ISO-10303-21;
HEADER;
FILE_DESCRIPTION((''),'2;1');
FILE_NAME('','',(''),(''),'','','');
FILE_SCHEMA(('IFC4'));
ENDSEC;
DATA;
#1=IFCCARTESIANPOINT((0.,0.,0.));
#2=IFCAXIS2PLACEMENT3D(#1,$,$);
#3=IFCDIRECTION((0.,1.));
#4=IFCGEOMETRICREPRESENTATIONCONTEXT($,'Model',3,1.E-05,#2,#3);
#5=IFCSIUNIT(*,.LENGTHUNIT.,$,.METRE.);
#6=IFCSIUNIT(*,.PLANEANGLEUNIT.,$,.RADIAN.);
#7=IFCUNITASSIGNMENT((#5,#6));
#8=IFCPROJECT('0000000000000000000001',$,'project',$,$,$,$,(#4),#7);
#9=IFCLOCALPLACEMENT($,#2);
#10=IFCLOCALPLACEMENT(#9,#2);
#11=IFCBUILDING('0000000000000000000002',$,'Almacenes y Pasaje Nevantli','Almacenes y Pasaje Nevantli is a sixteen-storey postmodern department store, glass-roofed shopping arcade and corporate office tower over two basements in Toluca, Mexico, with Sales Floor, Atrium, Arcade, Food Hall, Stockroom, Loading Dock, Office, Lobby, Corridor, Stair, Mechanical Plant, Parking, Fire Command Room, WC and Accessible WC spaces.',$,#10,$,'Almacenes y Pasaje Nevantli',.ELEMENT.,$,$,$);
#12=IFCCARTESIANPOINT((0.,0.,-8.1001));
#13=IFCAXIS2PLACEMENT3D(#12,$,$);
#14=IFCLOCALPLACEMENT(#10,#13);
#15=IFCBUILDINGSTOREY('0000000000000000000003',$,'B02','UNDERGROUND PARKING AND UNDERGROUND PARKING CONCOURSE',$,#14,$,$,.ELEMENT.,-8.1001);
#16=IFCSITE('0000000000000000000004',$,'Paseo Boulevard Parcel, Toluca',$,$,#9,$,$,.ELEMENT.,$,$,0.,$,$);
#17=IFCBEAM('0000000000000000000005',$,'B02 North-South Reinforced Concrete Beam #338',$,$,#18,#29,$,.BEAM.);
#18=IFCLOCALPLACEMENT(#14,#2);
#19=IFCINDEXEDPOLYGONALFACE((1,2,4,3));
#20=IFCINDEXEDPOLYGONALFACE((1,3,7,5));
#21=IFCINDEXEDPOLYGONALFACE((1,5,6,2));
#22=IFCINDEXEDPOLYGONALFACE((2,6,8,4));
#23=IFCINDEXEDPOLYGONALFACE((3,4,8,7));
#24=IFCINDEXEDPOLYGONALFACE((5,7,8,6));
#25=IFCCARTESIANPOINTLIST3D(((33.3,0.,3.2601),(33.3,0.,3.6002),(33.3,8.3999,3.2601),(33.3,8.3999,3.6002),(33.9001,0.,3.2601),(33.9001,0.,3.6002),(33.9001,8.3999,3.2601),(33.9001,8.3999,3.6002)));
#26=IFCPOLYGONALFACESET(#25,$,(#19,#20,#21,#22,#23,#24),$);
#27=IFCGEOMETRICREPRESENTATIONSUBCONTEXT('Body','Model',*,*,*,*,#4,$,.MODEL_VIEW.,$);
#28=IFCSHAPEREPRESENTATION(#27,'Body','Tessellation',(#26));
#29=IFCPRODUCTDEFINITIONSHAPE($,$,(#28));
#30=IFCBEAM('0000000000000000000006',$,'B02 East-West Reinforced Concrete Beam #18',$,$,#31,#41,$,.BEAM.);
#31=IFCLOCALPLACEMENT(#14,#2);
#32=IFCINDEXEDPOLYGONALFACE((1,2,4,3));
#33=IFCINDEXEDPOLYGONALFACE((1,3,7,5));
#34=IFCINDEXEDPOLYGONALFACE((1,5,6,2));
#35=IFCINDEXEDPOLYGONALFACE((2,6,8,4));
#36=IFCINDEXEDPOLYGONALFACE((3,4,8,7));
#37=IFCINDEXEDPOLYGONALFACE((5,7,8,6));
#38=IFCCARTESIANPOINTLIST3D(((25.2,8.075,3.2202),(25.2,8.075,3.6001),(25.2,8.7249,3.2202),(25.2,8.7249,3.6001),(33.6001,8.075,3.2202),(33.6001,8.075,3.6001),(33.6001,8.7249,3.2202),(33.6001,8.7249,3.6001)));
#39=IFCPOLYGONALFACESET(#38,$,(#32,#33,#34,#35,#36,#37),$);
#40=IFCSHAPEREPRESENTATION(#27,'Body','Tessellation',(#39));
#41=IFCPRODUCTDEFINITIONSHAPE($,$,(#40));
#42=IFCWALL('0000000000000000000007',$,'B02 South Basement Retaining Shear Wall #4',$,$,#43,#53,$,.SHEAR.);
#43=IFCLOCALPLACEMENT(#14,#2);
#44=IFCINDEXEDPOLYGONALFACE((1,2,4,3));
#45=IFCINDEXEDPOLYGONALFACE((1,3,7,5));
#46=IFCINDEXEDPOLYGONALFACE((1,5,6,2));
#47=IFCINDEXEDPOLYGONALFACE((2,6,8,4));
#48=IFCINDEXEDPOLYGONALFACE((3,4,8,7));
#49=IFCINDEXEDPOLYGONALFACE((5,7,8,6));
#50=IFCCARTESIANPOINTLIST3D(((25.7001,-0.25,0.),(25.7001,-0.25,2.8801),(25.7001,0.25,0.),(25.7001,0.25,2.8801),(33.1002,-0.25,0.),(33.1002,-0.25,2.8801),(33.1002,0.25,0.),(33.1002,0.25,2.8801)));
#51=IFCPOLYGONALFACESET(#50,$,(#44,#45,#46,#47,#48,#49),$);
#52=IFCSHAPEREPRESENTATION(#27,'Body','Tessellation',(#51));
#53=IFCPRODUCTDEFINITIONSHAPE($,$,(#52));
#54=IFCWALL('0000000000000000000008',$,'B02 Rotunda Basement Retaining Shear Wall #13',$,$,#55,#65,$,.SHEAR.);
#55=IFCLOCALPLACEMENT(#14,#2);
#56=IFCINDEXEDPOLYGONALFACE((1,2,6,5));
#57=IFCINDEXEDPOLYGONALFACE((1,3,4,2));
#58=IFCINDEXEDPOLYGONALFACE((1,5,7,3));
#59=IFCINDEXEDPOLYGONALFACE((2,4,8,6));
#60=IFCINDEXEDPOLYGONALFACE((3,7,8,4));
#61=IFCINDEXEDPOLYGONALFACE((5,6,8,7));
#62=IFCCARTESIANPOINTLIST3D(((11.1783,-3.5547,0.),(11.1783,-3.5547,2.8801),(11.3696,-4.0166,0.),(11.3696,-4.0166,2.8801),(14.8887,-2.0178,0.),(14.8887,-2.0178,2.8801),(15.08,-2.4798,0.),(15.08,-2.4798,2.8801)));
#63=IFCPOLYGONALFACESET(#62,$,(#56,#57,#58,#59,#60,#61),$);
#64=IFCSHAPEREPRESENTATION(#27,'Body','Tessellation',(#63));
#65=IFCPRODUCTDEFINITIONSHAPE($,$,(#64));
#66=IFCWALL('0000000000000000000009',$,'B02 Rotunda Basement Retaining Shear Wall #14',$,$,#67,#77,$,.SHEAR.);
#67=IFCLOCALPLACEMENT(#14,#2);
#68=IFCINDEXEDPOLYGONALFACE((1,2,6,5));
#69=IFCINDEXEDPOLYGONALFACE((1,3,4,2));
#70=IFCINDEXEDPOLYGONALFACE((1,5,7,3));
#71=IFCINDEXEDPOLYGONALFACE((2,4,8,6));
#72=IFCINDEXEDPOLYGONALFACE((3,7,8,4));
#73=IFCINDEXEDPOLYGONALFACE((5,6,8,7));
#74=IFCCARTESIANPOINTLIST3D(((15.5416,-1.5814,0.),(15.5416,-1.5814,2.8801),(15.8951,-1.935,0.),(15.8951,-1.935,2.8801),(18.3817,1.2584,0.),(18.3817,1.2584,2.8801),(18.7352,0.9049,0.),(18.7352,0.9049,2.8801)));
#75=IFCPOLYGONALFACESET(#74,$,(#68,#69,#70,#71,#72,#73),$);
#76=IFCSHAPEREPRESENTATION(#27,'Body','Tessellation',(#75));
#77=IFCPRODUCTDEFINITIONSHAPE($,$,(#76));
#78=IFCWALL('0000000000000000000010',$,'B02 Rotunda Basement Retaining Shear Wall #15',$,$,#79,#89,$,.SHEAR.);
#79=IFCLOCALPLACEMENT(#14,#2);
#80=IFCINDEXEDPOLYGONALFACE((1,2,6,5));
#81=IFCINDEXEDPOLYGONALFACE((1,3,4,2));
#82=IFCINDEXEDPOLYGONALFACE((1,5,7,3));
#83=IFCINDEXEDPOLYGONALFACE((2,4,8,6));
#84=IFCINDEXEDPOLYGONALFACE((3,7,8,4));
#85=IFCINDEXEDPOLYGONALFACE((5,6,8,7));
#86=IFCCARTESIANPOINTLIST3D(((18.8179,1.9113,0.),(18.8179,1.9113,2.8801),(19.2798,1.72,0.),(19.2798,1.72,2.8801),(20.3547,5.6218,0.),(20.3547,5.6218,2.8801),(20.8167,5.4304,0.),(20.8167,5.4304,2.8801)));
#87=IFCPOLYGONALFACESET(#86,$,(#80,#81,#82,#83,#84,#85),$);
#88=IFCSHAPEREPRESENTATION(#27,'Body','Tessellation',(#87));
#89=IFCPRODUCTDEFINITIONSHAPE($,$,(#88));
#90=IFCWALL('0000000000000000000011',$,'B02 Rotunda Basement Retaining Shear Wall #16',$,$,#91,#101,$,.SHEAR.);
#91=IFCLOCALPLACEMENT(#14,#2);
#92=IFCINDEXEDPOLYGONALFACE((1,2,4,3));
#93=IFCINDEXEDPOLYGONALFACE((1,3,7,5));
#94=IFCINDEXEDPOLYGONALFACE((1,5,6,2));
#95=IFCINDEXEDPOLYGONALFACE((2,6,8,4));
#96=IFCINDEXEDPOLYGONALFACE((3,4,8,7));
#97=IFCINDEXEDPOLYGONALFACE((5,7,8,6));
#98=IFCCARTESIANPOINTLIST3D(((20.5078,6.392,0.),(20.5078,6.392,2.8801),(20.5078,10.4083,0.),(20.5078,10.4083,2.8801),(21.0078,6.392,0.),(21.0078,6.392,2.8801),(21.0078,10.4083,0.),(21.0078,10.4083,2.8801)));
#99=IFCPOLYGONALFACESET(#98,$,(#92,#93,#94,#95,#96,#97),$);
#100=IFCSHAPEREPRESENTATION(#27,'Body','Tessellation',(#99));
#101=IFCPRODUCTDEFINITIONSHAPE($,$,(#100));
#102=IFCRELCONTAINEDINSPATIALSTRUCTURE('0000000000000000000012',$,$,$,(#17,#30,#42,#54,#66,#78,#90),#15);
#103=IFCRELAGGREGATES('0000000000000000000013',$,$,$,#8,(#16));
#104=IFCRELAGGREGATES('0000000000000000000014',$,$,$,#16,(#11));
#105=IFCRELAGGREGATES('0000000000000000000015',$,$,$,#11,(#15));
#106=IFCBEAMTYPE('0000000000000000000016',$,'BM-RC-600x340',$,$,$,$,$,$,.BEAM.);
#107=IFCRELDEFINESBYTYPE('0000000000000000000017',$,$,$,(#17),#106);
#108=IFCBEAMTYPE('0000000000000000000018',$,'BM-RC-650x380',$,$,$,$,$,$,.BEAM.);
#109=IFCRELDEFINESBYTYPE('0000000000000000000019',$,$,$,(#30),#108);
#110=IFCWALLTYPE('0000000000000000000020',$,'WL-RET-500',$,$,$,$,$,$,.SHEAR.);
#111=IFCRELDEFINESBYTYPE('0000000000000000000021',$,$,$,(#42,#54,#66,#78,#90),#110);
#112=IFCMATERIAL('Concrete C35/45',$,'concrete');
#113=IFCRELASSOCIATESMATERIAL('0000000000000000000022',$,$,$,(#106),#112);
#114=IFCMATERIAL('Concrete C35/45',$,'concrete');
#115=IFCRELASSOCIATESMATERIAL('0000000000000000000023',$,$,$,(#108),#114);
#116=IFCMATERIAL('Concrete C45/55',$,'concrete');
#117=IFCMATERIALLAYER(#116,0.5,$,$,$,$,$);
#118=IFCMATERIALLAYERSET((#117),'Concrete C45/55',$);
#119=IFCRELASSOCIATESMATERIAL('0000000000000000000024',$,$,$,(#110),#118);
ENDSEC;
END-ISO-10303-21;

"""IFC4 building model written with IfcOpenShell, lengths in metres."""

from ifc_helpers import new_model, si_unit, direction, frame, frame_2d, origin, origin_2d, place, context, subcontext, project, spatial, rectangle, extrude, material, layer, layer_set, material_profile, profile_set, type_object, element, save


model = new_model("IFC4")

# Units and contexts
model_context = context("Model", 3, precision=1e-05, world=origin(), true_north=direction((0.0, 1.0)))
body_context = subcontext(model_context, "Body", "Model", "MODEL_VIEW")
ifc_project = project(units=[si_unit("LENGTHUNIT", "METRE"), si_unit("PLANEANGLEUNIT", "RADIAN")], contexts=[model_context])

# Site, building, storey
site_placement = place(None, origin())
site = spatial("IfcSite", under=ifc_project, at=site_placement, Name="Paseo Boulevard Parcel, Toluca", CompositionType="ELEMENT", RefElevation=0.0)
building_placement = place(site_placement, origin())
building = spatial("IfcBuilding", under=site, at=building_placement, Name="Almacenes y Pasaje Nevantli", Description="Almacenes y Pasaje Nevantli is a sixteen-storey postmodern department store, glass-roofed shopping arcade and corporate office tower over two basements in Toluca, Mexico, with Sales Floor, Atrium, Arcade, Food Hall, Stockroom, Loading Dock, Office, Lobby, Corridor, Stair, Mechanical Plant, Parking, Fire Command Room, WC and Accessible WC spaces.", LongName="Almacenes y Pasaje Nevantli", CompositionType="ELEMENT")
storey_placement = place(building_placement, frame((0.0, 0.0, -8.1001)))
storey = spatial("IfcBuildingStorey", under=building, at=storey_placement, Name="B02", Description="UNDERGROUND PARKING AND UNDERGROUND PARKING CONCOURSE", CompositionType="ELEMENT", Elevation=-8.1001)

# Beams
ifc_material_1 = material(Name="Concrete C35/45", Category="concrete")
ifc_material_profile_1 = material_profile(ifc_material_1, rectangle(XDim=0.6001, YDim=0.3401, at=origin_2d()), Name="RC-BM-600x340")
ifc_profile_set_1 = profile_set([ifc_material_profile_1], Name="Concrete C35/45")
beam_type_1 = type_object("IfcBeamType", Name="BM-RC-600x340", PredefinedType="BEAM", material=ifc_profile_set_1)
beam_1_placement = place(storey_placement, frame((33.6001, 0.0, 3.4302), z_axis=(0.0, 1.0, 0.0), x_axis=(-1.0, 0.0, 0.0)))
element("IfcBeam", 1, at=beam_1_placement, inside=storey, type_object=beam_type_1, Name="B02 North-South Reinforced Concrete Beam #338", PredefinedType="BEAM", context=body_context, shape_type="SweptSolid", body=[
    extrude(rectangle(XDim=0.6001, YDim=0.3401, at=origin_2d()), origin(), (0.0, 0.0, 1.0), 8.3999),
])
ifc_material_2 = material(Name="Concrete C35/45", Category="concrete")
ifc_material_profile_2 = material_profile(ifc_material_2, rectangle(XDim=0.6499, YDim=0.3799, at=origin_2d()), Name="RC-BM-650x380")
ifc_profile_set_2 = profile_set([ifc_material_profile_2], Name="Concrete C35/45")
beam_type_2 = type_object("IfcBeamType", Name="BM-RC-650x380", PredefinedType="BEAM", material=ifc_profile_set_2)
beam_2_placement = place(storey_placement, frame((25.2, 8.3999, 3.4102), z_axis=(1.0, 0.0, 0.0), x_axis=(0.0, 1.0, 0.0)))
element("IfcBeam", 2, at=beam_2_placement, inside=storey, type_object=beam_type_2, Name="B02 East-West Reinforced Concrete Beam #18", PredefinedType="BEAM", context=body_context, shape_type="SweptSolid", body=[
    extrude(rectangle(XDim=0.6499, YDim=0.3799, at=origin_2d()), origin(), (0.0, 0.0, 1.0), 8.4001),
])

# Walls
ifc_material_3 = material(Name="Concrete C45/55", Category="concrete")
ifc_layer_1 = layer(ifc_material_3, 0.5)
ifc_layer_set_1 = layer_set([ifc_layer_1], Name="Concrete C45/55")
wall_type = type_object("IfcWallType", Name="WL-RET-500", PredefinedType="SHEAR", material=ifc_layer_set_1)
wall_1_placement = place(storey_placement, frame((25.7, 0.0, 0.0), z_axis=(0.0, 0.0, 1.0), x_axis=(1.0, 0.0, 0.0)))
element("IfcWall", 3, at=wall_1_placement, inside=storey, type_object=wall_type, Name="B02 South Basement Retaining Shear Wall #4", PredefinedType="SHEAR", context=body_context, shape_type="SweptSolid", body=[
    extrude(rectangle(XDim=7.4001, YDim=0.5, at=frame_2d((3.7002, 0.0))), origin(), (0.0, 0.0, 1.0), 2.8801),
])
wall_2_placement = place(storey_placement, frame((11.2739, -3.7856, 0.0), z_axis=(0.0, 0.0, 1.0), x_axis=(0.923884, 0.382672, 0.0)))
element("IfcWall", 4, at=wall_2_placement, inside=storey, type_object=wall_type, Name="B02 Rotunda Basement Retaining Shear Wall #13", PredefinedType="SHEAR", context=body_context, shape_type="SweptSolid", body=[
    extrude(rectangle(XDim=4.0161, YDim=0.5, at=frame_2d((2.0081, 0.0))), origin(), (0.0, 0.0, 1.0), 2.8801),
])
wall_3_placement = place(storey_placement, frame((15.7183, -1.7583, 0.0), z_axis=(0.0, 0.0, 1.0), x_axis=(0.707137, 0.707076, 0.0)))
element("IfcWall", 5, at=wall_3_placement, inside=storey, type_object=wall_type, Name="B02 Rotunda Basement Retaining Shear Wall #14", PredefinedType="SHEAR", context=body_context, shape_type="SweptSolid", body=[
    extrude(rectangle(XDim=4.0164, YDim=0.5, at=frame_2d((2.0083, 0.0))), origin(), (0.0, 0.0, 1.0), 2.8801),
])
wall_4_placement = place(storey_placement, frame((19.0488, 1.8157, 0.0), z_axis=(0.0, 0.0, 1.0), x_axis=(0.382672, 0.923884, 0.0)))
element("IfcWall", 6, at=wall_4_placement, inside=storey, type_object=wall_type, Name="B02 Rotunda Basement Retaining Shear Wall #15", PredefinedType="SHEAR", context=body_context, shape_type="SweptSolid", body=[
    extrude(rectangle(XDim=4.0161, YDim=0.5, at=frame_2d((2.0081, 0.0))), origin(), (0.0, 0.0, 1.0), 2.8801),
])
wall_5_placement = place(storey_placement, frame((20.7578, 6.3918, 0.0), z_axis=(0.0, 0.0, 1.0), x_axis=(0.0, 1.0, 0.0)))
element("IfcWall", 7, at=wall_5_placement, inside=storey, type_object=wall_type, Name="B02 Rotunda Basement Retaining Shear Wall #16", PredefinedType="SHEAR", context=body_context, shape_type="SweptSolid", body=[
    extrude(rectangle(XDim=4.0164, YDim=0.5, at=frame_2d((2.0083, 0.0))), origin(), (0.0, 0.0, 1.0), 2.8801),
])

save(model, "model.ifc")
